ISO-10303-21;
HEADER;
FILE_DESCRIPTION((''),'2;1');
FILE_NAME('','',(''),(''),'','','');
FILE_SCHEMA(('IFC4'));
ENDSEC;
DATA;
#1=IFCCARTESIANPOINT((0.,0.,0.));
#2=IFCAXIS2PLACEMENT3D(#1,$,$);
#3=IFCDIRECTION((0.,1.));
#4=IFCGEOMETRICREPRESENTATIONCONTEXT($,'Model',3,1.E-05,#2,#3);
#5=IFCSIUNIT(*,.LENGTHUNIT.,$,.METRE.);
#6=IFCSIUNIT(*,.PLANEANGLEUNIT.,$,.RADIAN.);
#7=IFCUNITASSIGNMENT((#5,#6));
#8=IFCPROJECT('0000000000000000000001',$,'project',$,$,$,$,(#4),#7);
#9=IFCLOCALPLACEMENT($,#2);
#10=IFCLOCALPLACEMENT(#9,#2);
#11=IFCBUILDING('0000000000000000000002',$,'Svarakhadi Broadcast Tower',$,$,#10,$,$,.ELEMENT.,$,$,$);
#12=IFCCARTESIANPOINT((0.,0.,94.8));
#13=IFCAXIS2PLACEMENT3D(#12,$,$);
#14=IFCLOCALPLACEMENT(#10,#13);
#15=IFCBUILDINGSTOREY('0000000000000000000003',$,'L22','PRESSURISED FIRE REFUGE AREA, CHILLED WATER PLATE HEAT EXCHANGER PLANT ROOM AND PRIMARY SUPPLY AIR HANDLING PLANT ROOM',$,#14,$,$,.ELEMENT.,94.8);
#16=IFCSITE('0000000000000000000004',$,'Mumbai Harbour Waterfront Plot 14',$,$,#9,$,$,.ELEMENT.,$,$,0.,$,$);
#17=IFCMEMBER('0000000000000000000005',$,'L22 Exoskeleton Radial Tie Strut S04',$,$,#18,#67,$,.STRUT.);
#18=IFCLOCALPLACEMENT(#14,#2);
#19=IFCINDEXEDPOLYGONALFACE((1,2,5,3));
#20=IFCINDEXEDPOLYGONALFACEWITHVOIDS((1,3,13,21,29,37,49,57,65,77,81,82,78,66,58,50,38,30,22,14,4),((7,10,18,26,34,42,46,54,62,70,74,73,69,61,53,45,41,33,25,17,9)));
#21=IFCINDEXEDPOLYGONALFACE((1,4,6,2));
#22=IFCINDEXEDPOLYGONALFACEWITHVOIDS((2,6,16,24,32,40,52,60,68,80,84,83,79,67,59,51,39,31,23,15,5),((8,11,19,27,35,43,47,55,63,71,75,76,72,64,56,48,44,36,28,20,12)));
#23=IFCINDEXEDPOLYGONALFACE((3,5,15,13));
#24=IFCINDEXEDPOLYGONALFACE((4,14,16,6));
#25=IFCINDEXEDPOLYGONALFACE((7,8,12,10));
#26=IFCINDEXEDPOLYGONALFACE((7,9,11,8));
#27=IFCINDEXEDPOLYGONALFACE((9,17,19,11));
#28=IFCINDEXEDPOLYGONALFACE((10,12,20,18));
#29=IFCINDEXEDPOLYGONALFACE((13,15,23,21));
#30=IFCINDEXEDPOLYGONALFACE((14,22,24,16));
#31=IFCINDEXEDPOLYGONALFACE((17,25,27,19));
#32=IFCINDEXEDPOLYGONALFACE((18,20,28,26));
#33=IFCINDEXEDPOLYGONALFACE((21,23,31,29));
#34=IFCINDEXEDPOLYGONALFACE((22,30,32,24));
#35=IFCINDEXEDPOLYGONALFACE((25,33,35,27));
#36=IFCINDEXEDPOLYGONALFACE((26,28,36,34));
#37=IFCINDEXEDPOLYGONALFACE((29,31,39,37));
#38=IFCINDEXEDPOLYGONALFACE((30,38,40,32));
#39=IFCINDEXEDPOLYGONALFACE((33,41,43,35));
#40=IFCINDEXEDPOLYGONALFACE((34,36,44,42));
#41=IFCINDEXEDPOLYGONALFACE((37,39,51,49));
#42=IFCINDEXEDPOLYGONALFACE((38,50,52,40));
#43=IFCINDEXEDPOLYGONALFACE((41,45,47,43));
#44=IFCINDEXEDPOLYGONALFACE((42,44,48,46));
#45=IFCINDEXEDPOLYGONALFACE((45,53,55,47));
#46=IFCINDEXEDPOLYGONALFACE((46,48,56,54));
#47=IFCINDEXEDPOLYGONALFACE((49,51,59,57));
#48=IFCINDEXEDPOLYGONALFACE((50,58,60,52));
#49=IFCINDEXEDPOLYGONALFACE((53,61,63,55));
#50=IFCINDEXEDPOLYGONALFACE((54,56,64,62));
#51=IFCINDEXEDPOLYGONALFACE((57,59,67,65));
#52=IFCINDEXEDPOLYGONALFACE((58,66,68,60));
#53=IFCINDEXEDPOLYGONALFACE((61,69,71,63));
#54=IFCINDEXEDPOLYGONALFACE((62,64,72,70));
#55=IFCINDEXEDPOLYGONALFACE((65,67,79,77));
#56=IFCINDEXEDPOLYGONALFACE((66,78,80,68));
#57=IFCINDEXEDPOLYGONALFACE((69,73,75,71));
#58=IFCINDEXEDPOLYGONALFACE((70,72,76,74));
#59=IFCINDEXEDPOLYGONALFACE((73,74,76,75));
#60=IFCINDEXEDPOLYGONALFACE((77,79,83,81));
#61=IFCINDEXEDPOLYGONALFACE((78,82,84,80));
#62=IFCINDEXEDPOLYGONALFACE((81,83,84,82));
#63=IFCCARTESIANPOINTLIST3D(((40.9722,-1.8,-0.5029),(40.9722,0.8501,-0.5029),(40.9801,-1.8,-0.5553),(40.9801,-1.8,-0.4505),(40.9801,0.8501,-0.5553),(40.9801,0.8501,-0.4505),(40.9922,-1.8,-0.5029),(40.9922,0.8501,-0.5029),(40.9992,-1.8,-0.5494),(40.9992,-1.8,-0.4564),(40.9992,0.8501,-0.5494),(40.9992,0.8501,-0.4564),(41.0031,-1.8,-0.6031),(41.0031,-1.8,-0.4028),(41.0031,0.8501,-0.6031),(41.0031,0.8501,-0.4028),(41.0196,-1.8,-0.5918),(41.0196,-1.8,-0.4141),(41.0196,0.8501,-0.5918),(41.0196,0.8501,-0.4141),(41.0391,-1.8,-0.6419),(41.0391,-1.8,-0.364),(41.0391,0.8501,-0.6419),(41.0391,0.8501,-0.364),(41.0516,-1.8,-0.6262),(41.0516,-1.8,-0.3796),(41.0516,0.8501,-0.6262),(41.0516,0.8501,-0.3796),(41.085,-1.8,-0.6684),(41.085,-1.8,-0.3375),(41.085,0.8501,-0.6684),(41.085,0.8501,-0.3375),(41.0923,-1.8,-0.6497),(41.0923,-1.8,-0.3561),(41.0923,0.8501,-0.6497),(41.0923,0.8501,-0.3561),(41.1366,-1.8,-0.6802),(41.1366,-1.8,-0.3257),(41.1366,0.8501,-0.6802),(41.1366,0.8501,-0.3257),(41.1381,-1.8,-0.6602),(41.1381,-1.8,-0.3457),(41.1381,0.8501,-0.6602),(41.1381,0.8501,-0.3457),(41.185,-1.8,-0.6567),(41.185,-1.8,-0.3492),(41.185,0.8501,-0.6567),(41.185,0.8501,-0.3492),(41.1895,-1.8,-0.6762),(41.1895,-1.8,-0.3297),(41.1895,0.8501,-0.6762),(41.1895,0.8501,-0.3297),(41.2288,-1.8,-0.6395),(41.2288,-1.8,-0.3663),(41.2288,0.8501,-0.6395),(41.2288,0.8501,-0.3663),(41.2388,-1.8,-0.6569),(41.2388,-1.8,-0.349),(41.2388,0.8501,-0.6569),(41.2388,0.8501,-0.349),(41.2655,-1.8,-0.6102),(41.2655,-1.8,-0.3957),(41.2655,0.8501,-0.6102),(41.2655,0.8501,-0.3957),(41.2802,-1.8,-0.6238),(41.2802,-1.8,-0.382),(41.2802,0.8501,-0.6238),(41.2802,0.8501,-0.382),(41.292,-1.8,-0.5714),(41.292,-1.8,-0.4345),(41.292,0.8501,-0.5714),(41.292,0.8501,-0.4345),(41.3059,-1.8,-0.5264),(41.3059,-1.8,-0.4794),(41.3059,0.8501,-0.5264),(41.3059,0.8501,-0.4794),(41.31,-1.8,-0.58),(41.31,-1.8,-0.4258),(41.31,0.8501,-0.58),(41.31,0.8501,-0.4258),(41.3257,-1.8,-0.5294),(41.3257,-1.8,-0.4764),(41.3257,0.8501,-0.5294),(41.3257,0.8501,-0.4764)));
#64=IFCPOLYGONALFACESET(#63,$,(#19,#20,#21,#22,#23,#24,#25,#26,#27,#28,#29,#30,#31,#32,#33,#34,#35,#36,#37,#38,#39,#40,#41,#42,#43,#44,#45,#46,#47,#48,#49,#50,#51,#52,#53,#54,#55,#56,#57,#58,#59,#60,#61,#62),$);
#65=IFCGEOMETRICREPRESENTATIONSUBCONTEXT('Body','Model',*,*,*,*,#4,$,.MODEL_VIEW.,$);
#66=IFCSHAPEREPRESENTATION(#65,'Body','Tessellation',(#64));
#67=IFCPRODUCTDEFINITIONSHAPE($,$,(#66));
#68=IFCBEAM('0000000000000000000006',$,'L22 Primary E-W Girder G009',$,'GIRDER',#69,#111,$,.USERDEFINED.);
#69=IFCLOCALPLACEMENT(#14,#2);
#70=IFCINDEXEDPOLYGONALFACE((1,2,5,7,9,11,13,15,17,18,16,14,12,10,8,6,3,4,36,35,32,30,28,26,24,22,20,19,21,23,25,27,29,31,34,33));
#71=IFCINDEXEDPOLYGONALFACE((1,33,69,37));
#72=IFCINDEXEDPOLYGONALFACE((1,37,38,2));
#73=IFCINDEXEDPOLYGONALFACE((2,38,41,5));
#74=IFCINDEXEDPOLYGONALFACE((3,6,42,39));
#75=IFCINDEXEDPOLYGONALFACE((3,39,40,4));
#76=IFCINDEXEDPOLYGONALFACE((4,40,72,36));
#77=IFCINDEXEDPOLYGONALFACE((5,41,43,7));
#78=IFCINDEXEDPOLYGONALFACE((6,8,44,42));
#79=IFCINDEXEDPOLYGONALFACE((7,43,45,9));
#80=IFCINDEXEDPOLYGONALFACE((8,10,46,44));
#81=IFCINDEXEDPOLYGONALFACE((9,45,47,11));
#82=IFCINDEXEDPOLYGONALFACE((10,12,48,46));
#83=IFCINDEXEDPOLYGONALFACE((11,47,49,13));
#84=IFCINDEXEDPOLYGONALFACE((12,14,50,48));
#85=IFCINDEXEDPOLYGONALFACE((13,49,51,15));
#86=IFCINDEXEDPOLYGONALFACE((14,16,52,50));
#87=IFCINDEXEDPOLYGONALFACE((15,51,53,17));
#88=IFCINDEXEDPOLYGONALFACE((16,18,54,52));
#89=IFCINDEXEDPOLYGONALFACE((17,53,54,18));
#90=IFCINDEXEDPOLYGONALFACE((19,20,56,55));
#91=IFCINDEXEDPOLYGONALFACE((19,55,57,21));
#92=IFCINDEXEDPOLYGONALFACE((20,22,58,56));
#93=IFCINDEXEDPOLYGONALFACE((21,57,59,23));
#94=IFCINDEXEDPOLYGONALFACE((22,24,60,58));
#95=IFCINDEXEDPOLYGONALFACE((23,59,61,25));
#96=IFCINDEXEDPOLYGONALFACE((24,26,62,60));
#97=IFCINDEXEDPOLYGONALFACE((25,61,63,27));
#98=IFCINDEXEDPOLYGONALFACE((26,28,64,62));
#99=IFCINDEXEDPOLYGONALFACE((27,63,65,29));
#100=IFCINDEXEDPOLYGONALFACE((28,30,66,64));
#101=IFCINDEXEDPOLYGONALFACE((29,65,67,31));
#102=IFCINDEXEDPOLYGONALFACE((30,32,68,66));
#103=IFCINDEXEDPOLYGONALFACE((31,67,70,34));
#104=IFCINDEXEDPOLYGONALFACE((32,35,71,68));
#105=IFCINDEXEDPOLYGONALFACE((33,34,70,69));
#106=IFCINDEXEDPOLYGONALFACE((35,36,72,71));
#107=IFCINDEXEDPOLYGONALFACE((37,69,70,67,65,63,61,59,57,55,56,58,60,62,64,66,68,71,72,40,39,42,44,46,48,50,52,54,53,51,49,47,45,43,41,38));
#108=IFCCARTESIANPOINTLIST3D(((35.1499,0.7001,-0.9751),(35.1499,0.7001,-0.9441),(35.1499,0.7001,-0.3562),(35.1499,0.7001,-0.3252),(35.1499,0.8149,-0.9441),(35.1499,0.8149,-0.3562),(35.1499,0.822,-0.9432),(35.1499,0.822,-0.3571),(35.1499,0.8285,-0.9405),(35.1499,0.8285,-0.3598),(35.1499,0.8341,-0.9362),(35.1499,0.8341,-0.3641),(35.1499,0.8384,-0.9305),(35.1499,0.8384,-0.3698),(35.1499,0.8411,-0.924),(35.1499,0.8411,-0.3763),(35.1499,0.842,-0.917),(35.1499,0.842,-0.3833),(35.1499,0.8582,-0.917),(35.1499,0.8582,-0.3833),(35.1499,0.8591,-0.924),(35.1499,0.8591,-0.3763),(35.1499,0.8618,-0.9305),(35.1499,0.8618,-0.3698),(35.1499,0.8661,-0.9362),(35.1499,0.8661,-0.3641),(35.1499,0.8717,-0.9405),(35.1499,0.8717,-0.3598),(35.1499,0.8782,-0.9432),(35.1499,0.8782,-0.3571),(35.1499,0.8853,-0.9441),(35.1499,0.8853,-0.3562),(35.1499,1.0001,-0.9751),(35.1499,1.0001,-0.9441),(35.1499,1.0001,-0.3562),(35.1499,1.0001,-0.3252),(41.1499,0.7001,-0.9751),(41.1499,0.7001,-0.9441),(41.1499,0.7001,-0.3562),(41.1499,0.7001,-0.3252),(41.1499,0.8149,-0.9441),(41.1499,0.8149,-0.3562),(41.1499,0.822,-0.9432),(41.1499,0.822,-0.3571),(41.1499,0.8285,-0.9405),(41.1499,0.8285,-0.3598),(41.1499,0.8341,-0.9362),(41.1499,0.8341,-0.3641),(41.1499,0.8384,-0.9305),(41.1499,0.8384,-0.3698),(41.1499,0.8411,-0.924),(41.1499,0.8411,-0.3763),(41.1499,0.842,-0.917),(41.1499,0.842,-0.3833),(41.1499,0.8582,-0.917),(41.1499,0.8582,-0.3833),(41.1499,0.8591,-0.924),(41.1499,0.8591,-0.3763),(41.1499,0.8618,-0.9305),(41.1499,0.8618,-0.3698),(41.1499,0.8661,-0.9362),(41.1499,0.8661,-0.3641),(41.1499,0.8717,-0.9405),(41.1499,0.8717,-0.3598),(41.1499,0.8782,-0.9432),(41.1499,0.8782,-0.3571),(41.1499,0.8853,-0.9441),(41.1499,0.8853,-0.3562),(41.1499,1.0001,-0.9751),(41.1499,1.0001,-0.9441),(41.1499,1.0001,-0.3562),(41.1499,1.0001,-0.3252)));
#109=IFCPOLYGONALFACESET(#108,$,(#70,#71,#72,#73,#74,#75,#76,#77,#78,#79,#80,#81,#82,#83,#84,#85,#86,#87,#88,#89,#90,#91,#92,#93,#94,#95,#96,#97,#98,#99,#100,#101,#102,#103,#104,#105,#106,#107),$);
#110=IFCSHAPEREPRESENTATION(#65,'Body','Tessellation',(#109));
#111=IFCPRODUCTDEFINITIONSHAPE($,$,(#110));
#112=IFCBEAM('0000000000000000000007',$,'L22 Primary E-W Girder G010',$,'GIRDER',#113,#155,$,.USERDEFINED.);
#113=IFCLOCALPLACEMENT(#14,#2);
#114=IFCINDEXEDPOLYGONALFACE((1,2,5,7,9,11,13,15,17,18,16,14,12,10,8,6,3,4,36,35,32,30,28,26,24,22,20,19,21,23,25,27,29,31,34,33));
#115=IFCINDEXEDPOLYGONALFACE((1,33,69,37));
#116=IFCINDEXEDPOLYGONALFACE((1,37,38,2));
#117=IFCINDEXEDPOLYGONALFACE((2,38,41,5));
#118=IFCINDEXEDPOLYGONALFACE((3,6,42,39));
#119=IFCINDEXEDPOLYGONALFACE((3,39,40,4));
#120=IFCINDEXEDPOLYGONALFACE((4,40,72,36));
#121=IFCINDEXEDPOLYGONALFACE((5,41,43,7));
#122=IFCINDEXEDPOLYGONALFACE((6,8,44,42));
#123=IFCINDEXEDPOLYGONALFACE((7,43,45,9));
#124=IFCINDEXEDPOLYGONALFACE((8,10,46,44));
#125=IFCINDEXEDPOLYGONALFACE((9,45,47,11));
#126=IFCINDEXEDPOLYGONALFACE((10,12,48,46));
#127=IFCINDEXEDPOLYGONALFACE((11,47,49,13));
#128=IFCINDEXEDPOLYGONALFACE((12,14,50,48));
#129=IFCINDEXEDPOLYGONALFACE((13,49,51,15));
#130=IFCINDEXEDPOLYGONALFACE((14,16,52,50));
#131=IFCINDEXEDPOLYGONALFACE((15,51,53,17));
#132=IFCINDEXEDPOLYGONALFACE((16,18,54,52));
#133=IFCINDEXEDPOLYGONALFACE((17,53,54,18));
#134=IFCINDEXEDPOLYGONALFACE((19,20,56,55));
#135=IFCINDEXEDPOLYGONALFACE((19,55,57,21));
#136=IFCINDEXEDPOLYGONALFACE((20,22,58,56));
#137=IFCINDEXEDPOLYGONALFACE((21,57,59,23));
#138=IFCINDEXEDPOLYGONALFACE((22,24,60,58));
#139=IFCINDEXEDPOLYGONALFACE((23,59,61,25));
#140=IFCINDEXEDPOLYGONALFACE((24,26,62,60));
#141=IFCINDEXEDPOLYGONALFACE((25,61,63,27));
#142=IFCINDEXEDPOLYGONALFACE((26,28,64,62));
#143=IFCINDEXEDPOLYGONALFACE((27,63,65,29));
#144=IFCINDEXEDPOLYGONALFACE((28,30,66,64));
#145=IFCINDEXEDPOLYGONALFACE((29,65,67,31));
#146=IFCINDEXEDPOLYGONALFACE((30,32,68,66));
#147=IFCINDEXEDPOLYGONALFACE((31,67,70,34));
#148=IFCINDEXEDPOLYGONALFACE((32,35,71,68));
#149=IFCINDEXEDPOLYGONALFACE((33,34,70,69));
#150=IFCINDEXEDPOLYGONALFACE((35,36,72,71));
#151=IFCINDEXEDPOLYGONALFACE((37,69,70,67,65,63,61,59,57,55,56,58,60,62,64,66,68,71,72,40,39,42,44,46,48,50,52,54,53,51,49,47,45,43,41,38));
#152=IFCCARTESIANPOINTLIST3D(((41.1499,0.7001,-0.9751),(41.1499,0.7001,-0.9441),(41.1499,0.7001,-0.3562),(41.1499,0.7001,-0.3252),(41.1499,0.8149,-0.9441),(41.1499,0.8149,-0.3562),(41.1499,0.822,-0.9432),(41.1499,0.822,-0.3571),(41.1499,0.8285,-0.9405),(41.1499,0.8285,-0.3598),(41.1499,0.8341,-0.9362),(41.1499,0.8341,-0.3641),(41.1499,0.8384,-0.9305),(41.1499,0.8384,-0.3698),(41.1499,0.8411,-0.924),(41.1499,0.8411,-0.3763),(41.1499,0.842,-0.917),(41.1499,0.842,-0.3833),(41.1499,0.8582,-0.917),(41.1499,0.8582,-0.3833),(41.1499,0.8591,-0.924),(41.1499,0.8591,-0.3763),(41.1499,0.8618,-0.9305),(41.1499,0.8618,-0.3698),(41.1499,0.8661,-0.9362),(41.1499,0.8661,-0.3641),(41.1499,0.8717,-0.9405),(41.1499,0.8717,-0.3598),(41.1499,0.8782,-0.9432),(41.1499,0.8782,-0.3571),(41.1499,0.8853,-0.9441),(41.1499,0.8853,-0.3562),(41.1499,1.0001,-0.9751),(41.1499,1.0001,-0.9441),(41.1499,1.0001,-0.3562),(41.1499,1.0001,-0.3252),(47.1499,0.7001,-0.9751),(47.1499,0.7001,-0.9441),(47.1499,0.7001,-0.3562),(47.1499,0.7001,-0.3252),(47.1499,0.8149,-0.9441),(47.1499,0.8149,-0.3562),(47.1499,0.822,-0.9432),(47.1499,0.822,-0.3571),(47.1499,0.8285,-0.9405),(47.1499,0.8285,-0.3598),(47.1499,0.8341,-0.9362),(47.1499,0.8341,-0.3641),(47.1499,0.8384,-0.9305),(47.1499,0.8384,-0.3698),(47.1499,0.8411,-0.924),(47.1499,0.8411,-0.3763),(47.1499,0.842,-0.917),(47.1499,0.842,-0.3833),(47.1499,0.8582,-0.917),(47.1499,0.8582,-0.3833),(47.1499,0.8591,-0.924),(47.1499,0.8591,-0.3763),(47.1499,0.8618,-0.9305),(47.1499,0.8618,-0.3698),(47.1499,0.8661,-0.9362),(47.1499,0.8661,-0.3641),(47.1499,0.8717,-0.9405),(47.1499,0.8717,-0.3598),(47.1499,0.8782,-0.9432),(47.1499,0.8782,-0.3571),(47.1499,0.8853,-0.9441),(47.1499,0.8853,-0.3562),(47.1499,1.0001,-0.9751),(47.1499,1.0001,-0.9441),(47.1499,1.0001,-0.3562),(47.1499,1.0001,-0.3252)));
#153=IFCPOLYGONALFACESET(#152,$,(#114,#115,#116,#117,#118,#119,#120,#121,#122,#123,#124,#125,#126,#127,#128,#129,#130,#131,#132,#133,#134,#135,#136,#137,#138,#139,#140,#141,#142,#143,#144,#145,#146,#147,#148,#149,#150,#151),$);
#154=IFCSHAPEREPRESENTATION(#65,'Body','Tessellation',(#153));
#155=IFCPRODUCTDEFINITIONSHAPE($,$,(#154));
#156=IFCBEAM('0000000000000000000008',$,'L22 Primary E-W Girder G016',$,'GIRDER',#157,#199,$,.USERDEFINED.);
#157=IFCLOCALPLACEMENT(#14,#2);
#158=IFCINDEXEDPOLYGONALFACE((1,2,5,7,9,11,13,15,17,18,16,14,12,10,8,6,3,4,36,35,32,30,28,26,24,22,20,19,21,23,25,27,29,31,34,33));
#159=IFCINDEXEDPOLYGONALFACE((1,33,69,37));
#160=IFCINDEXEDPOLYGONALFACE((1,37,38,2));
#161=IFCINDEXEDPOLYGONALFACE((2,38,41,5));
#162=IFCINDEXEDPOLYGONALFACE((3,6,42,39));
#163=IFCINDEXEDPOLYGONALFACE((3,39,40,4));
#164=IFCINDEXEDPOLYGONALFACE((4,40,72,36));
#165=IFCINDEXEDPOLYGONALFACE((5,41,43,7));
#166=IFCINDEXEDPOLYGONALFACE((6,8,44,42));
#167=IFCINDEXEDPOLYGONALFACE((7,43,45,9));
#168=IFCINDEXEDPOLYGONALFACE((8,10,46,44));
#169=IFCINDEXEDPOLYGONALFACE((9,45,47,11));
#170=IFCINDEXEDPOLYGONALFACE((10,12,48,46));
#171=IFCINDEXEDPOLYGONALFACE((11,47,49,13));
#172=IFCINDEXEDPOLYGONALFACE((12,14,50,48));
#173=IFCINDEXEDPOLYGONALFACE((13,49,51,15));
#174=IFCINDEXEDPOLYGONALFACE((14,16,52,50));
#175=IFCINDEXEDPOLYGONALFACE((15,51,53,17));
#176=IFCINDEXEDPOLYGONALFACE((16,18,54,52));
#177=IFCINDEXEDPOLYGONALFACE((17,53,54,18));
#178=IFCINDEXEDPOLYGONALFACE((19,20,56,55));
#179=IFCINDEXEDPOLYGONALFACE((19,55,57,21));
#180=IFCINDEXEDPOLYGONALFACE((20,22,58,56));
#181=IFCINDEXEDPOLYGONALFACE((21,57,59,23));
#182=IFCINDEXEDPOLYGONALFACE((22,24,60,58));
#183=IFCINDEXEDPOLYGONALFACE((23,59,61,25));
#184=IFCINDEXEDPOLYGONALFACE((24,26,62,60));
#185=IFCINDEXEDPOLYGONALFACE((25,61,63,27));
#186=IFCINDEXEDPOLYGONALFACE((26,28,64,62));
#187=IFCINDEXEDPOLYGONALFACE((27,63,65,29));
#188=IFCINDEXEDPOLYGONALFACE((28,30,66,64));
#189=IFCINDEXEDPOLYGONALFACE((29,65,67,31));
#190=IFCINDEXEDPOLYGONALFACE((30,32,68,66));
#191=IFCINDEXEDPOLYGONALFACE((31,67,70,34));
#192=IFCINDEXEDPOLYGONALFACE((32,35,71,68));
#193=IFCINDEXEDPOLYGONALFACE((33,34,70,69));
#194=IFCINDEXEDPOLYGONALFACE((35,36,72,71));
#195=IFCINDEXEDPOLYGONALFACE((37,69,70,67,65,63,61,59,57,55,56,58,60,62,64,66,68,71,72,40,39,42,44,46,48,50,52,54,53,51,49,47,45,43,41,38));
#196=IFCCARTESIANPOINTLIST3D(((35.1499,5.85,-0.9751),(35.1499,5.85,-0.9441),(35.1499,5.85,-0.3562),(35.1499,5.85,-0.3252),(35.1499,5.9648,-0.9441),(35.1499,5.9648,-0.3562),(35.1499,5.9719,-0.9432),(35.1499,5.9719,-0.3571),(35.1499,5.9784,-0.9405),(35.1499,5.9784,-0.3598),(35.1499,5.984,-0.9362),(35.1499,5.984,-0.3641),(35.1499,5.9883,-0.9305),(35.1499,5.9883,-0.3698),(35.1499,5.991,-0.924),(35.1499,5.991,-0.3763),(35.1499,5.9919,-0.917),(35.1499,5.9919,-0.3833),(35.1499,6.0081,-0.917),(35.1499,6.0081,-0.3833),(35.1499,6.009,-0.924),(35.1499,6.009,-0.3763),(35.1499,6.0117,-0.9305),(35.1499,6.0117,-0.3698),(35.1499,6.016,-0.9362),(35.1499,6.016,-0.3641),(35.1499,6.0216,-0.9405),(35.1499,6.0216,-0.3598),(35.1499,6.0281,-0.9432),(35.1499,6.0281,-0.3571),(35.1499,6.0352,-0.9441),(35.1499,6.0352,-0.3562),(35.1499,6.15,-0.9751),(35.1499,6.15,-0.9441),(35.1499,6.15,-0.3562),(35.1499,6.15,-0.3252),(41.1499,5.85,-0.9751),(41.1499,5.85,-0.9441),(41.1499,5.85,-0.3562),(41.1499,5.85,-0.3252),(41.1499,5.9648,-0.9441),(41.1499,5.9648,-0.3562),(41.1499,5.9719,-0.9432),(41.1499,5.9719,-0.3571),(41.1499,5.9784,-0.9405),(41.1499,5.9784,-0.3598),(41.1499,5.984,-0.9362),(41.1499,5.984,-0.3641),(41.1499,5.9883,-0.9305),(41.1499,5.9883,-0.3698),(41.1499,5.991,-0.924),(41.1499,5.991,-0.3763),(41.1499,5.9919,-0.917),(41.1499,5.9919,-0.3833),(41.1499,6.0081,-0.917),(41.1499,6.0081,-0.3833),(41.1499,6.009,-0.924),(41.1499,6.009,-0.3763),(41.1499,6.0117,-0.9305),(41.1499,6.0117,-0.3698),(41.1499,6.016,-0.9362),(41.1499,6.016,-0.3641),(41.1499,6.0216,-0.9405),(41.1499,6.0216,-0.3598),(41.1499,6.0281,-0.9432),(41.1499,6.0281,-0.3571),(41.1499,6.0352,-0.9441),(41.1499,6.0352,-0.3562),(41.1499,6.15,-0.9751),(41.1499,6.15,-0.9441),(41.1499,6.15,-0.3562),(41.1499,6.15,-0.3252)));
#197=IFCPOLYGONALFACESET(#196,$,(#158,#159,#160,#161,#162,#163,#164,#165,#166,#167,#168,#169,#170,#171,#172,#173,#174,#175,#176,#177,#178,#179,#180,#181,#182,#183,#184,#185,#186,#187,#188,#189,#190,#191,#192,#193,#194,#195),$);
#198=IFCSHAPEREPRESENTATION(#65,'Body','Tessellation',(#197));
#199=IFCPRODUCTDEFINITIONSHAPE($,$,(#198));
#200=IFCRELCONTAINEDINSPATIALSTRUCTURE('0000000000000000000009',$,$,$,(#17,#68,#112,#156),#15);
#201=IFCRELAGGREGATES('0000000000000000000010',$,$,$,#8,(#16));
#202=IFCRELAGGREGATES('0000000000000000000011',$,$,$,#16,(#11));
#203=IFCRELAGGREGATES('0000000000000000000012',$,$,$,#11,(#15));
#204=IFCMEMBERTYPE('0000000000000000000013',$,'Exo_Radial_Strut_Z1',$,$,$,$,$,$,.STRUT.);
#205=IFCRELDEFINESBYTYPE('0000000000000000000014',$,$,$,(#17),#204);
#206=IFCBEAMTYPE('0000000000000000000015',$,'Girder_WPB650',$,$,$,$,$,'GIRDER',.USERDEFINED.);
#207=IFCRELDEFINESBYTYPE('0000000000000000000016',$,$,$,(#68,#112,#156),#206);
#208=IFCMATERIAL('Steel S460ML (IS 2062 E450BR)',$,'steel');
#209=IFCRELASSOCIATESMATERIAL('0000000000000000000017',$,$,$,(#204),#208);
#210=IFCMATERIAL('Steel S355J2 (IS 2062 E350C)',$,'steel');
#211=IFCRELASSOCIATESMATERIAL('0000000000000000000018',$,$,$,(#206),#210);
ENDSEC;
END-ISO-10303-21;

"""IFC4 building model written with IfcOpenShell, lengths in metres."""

from ifc_helpers import new_model, si_unit, direction, frame, origin, origin_2d, place, context, subcontext, project, spatial, hollow_circle, i_section, extrude, material, material_profile, profile_set, type_object, element, save


model = new_model("IFC4")

# Units and contexts
model_context = context("Model", 3, precision=1e-05, world=origin(), true_north=direction((0.0, 1.0)))
body_context = subcontext(model_context, "Body", "Model", "MODEL_VIEW")
ifc_project = project(units=[si_unit("LENGTHUNIT", "METRE"), si_unit("PLANEANGLEUNIT", "RADIAN")], contexts=[model_context])

# Site, building, storey
site_placement = place(None, origin())
site = spatial("IfcSite", under=ifc_project, at=site_placement, Name="Mumbai Harbour Waterfront Plot 14", CompositionType="ELEMENT", RefElevation=0.0)
building_placement = place(site_placement, origin())
building = spatial("IfcBuilding", under=site, at=building_placement, Name="Svarakhadi Broadcast Tower", CompositionType="ELEMENT")
storey_placement = place(building_placement, frame((0.0, 0.0, 94.8)))
storey = spatial("IfcBuildingStorey", under=building, at=storey_placement, Name="L22", Description="PRESSURISED FIRE REFUGE AREA, CHILLED WATER PLATE HEAT EXCHANGER PLANT ROOM AND PRIMARY SUPPLY AIR HANDLING PLANT ROOM", CompositionType="ELEMENT", Elevation=94.8)

# Shared definitions
ifc_material_1 = material(Name="Steel S460ML (IS 2062 E450BR)", Category="steel")

# Shared definitions
ifc_material_2 = material(Name="Steel S355J2 (IS 2062 E350C)", Category="steel")

# Member
ifc_material_profile_1 = material_profile(ifc_material_1, hollow_circle(Radius=0.1777, WallThickness=0.02, at=origin_2d()), Name="CHS 355.6x20")
ifc_profile_set_1 = profile_set([ifc_material_profile_1], Name="Steel S460ML (IS 2062 E450BR)")
member_type_1 = type_object("IfcMemberType", Name="Exo_Radial_Strut_Z1", PredefinedType="STRUT", material=ifc_profile_set_1)
member_1_placement = place(storey_placement, frame((41.1499, -1.8, -0.5029), z_axis=(0.0, 1.0, 0.0), x_axis=(-1.0, 0.0, 0.0)))
element("IfcMember", 1, at=member_1_placement, inside=storey, type_object=member_type_1, Name="L22 Exoskeleton Radial Tie Strut S04", PredefinedType="STRUT", context=body_context, shape_type="SweptSolid", body=[
    extrude(hollow_circle(Radius=0.1777, WallThickness=0.02, at=origin_2d()), origin(), (0.0, 0.0, 1.0), 2.6501),
])

# Beams
ifc_material_profile_2 = material_profile(ifc_material_2, i_section(OverallWidth=0.3, OverallDepth=0.6499, WebThickness=0.0161, FlangeThickness=0.031, FilletRadius=0.0271, at=origin_2d()), Name="WPB 650x300x225")
ifc_profile_set_2 = profile_set([ifc_material_profile_2], Name="Steel S355J2 (IS 2062 E350C)")
beam_type_1 = type_object("IfcBeamType", Name="Girder_WPB650", ElementType="GIRDER", PredefinedType="USERDEFINED", material=ifc_profile_set_2)
for number, where, z_axis, x_axis, name in (
    (2, (35.1499, 0.8501, -0.6501), (1.0, 0.0, 0.0), (0.0, 1.0, 0.0), "L22 Primary E-W Girder G009"),
    (3, (41.1499, 0.8501, -0.6501), (1.0, 0.0, 0.0), (0.0, 1.0, 0.0), "L22 Primary E-W Girder G010"),
    (4, (35.1499, 6.0, -0.6501), (1.0, 0.0, 0.0), (0.0, 1.0, 0.0), "L22 Primary E-W Girder G016"),
):
    element("IfcBeam", number, at=place(storey_placement, frame(where, z_axis=z_axis, x_axis=x_axis)), inside=storey, type_object=beam_type_1, Name=name, ObjectType="GIRDER", PredefinedType="USERDEFINED", context=body_context, shape_type="SweptSolid", body=[
        extrude(i_section(OverallWidth=0.3, OverallDepth=0.6499, WebThickness=0.0161, FlangeThickness=0.031, FilletRadius=0.0271, at=origin_2d()), origin(), (0.0, 0.0, 1.0), 6.0),
    ])

save(model, "model.ifc")
